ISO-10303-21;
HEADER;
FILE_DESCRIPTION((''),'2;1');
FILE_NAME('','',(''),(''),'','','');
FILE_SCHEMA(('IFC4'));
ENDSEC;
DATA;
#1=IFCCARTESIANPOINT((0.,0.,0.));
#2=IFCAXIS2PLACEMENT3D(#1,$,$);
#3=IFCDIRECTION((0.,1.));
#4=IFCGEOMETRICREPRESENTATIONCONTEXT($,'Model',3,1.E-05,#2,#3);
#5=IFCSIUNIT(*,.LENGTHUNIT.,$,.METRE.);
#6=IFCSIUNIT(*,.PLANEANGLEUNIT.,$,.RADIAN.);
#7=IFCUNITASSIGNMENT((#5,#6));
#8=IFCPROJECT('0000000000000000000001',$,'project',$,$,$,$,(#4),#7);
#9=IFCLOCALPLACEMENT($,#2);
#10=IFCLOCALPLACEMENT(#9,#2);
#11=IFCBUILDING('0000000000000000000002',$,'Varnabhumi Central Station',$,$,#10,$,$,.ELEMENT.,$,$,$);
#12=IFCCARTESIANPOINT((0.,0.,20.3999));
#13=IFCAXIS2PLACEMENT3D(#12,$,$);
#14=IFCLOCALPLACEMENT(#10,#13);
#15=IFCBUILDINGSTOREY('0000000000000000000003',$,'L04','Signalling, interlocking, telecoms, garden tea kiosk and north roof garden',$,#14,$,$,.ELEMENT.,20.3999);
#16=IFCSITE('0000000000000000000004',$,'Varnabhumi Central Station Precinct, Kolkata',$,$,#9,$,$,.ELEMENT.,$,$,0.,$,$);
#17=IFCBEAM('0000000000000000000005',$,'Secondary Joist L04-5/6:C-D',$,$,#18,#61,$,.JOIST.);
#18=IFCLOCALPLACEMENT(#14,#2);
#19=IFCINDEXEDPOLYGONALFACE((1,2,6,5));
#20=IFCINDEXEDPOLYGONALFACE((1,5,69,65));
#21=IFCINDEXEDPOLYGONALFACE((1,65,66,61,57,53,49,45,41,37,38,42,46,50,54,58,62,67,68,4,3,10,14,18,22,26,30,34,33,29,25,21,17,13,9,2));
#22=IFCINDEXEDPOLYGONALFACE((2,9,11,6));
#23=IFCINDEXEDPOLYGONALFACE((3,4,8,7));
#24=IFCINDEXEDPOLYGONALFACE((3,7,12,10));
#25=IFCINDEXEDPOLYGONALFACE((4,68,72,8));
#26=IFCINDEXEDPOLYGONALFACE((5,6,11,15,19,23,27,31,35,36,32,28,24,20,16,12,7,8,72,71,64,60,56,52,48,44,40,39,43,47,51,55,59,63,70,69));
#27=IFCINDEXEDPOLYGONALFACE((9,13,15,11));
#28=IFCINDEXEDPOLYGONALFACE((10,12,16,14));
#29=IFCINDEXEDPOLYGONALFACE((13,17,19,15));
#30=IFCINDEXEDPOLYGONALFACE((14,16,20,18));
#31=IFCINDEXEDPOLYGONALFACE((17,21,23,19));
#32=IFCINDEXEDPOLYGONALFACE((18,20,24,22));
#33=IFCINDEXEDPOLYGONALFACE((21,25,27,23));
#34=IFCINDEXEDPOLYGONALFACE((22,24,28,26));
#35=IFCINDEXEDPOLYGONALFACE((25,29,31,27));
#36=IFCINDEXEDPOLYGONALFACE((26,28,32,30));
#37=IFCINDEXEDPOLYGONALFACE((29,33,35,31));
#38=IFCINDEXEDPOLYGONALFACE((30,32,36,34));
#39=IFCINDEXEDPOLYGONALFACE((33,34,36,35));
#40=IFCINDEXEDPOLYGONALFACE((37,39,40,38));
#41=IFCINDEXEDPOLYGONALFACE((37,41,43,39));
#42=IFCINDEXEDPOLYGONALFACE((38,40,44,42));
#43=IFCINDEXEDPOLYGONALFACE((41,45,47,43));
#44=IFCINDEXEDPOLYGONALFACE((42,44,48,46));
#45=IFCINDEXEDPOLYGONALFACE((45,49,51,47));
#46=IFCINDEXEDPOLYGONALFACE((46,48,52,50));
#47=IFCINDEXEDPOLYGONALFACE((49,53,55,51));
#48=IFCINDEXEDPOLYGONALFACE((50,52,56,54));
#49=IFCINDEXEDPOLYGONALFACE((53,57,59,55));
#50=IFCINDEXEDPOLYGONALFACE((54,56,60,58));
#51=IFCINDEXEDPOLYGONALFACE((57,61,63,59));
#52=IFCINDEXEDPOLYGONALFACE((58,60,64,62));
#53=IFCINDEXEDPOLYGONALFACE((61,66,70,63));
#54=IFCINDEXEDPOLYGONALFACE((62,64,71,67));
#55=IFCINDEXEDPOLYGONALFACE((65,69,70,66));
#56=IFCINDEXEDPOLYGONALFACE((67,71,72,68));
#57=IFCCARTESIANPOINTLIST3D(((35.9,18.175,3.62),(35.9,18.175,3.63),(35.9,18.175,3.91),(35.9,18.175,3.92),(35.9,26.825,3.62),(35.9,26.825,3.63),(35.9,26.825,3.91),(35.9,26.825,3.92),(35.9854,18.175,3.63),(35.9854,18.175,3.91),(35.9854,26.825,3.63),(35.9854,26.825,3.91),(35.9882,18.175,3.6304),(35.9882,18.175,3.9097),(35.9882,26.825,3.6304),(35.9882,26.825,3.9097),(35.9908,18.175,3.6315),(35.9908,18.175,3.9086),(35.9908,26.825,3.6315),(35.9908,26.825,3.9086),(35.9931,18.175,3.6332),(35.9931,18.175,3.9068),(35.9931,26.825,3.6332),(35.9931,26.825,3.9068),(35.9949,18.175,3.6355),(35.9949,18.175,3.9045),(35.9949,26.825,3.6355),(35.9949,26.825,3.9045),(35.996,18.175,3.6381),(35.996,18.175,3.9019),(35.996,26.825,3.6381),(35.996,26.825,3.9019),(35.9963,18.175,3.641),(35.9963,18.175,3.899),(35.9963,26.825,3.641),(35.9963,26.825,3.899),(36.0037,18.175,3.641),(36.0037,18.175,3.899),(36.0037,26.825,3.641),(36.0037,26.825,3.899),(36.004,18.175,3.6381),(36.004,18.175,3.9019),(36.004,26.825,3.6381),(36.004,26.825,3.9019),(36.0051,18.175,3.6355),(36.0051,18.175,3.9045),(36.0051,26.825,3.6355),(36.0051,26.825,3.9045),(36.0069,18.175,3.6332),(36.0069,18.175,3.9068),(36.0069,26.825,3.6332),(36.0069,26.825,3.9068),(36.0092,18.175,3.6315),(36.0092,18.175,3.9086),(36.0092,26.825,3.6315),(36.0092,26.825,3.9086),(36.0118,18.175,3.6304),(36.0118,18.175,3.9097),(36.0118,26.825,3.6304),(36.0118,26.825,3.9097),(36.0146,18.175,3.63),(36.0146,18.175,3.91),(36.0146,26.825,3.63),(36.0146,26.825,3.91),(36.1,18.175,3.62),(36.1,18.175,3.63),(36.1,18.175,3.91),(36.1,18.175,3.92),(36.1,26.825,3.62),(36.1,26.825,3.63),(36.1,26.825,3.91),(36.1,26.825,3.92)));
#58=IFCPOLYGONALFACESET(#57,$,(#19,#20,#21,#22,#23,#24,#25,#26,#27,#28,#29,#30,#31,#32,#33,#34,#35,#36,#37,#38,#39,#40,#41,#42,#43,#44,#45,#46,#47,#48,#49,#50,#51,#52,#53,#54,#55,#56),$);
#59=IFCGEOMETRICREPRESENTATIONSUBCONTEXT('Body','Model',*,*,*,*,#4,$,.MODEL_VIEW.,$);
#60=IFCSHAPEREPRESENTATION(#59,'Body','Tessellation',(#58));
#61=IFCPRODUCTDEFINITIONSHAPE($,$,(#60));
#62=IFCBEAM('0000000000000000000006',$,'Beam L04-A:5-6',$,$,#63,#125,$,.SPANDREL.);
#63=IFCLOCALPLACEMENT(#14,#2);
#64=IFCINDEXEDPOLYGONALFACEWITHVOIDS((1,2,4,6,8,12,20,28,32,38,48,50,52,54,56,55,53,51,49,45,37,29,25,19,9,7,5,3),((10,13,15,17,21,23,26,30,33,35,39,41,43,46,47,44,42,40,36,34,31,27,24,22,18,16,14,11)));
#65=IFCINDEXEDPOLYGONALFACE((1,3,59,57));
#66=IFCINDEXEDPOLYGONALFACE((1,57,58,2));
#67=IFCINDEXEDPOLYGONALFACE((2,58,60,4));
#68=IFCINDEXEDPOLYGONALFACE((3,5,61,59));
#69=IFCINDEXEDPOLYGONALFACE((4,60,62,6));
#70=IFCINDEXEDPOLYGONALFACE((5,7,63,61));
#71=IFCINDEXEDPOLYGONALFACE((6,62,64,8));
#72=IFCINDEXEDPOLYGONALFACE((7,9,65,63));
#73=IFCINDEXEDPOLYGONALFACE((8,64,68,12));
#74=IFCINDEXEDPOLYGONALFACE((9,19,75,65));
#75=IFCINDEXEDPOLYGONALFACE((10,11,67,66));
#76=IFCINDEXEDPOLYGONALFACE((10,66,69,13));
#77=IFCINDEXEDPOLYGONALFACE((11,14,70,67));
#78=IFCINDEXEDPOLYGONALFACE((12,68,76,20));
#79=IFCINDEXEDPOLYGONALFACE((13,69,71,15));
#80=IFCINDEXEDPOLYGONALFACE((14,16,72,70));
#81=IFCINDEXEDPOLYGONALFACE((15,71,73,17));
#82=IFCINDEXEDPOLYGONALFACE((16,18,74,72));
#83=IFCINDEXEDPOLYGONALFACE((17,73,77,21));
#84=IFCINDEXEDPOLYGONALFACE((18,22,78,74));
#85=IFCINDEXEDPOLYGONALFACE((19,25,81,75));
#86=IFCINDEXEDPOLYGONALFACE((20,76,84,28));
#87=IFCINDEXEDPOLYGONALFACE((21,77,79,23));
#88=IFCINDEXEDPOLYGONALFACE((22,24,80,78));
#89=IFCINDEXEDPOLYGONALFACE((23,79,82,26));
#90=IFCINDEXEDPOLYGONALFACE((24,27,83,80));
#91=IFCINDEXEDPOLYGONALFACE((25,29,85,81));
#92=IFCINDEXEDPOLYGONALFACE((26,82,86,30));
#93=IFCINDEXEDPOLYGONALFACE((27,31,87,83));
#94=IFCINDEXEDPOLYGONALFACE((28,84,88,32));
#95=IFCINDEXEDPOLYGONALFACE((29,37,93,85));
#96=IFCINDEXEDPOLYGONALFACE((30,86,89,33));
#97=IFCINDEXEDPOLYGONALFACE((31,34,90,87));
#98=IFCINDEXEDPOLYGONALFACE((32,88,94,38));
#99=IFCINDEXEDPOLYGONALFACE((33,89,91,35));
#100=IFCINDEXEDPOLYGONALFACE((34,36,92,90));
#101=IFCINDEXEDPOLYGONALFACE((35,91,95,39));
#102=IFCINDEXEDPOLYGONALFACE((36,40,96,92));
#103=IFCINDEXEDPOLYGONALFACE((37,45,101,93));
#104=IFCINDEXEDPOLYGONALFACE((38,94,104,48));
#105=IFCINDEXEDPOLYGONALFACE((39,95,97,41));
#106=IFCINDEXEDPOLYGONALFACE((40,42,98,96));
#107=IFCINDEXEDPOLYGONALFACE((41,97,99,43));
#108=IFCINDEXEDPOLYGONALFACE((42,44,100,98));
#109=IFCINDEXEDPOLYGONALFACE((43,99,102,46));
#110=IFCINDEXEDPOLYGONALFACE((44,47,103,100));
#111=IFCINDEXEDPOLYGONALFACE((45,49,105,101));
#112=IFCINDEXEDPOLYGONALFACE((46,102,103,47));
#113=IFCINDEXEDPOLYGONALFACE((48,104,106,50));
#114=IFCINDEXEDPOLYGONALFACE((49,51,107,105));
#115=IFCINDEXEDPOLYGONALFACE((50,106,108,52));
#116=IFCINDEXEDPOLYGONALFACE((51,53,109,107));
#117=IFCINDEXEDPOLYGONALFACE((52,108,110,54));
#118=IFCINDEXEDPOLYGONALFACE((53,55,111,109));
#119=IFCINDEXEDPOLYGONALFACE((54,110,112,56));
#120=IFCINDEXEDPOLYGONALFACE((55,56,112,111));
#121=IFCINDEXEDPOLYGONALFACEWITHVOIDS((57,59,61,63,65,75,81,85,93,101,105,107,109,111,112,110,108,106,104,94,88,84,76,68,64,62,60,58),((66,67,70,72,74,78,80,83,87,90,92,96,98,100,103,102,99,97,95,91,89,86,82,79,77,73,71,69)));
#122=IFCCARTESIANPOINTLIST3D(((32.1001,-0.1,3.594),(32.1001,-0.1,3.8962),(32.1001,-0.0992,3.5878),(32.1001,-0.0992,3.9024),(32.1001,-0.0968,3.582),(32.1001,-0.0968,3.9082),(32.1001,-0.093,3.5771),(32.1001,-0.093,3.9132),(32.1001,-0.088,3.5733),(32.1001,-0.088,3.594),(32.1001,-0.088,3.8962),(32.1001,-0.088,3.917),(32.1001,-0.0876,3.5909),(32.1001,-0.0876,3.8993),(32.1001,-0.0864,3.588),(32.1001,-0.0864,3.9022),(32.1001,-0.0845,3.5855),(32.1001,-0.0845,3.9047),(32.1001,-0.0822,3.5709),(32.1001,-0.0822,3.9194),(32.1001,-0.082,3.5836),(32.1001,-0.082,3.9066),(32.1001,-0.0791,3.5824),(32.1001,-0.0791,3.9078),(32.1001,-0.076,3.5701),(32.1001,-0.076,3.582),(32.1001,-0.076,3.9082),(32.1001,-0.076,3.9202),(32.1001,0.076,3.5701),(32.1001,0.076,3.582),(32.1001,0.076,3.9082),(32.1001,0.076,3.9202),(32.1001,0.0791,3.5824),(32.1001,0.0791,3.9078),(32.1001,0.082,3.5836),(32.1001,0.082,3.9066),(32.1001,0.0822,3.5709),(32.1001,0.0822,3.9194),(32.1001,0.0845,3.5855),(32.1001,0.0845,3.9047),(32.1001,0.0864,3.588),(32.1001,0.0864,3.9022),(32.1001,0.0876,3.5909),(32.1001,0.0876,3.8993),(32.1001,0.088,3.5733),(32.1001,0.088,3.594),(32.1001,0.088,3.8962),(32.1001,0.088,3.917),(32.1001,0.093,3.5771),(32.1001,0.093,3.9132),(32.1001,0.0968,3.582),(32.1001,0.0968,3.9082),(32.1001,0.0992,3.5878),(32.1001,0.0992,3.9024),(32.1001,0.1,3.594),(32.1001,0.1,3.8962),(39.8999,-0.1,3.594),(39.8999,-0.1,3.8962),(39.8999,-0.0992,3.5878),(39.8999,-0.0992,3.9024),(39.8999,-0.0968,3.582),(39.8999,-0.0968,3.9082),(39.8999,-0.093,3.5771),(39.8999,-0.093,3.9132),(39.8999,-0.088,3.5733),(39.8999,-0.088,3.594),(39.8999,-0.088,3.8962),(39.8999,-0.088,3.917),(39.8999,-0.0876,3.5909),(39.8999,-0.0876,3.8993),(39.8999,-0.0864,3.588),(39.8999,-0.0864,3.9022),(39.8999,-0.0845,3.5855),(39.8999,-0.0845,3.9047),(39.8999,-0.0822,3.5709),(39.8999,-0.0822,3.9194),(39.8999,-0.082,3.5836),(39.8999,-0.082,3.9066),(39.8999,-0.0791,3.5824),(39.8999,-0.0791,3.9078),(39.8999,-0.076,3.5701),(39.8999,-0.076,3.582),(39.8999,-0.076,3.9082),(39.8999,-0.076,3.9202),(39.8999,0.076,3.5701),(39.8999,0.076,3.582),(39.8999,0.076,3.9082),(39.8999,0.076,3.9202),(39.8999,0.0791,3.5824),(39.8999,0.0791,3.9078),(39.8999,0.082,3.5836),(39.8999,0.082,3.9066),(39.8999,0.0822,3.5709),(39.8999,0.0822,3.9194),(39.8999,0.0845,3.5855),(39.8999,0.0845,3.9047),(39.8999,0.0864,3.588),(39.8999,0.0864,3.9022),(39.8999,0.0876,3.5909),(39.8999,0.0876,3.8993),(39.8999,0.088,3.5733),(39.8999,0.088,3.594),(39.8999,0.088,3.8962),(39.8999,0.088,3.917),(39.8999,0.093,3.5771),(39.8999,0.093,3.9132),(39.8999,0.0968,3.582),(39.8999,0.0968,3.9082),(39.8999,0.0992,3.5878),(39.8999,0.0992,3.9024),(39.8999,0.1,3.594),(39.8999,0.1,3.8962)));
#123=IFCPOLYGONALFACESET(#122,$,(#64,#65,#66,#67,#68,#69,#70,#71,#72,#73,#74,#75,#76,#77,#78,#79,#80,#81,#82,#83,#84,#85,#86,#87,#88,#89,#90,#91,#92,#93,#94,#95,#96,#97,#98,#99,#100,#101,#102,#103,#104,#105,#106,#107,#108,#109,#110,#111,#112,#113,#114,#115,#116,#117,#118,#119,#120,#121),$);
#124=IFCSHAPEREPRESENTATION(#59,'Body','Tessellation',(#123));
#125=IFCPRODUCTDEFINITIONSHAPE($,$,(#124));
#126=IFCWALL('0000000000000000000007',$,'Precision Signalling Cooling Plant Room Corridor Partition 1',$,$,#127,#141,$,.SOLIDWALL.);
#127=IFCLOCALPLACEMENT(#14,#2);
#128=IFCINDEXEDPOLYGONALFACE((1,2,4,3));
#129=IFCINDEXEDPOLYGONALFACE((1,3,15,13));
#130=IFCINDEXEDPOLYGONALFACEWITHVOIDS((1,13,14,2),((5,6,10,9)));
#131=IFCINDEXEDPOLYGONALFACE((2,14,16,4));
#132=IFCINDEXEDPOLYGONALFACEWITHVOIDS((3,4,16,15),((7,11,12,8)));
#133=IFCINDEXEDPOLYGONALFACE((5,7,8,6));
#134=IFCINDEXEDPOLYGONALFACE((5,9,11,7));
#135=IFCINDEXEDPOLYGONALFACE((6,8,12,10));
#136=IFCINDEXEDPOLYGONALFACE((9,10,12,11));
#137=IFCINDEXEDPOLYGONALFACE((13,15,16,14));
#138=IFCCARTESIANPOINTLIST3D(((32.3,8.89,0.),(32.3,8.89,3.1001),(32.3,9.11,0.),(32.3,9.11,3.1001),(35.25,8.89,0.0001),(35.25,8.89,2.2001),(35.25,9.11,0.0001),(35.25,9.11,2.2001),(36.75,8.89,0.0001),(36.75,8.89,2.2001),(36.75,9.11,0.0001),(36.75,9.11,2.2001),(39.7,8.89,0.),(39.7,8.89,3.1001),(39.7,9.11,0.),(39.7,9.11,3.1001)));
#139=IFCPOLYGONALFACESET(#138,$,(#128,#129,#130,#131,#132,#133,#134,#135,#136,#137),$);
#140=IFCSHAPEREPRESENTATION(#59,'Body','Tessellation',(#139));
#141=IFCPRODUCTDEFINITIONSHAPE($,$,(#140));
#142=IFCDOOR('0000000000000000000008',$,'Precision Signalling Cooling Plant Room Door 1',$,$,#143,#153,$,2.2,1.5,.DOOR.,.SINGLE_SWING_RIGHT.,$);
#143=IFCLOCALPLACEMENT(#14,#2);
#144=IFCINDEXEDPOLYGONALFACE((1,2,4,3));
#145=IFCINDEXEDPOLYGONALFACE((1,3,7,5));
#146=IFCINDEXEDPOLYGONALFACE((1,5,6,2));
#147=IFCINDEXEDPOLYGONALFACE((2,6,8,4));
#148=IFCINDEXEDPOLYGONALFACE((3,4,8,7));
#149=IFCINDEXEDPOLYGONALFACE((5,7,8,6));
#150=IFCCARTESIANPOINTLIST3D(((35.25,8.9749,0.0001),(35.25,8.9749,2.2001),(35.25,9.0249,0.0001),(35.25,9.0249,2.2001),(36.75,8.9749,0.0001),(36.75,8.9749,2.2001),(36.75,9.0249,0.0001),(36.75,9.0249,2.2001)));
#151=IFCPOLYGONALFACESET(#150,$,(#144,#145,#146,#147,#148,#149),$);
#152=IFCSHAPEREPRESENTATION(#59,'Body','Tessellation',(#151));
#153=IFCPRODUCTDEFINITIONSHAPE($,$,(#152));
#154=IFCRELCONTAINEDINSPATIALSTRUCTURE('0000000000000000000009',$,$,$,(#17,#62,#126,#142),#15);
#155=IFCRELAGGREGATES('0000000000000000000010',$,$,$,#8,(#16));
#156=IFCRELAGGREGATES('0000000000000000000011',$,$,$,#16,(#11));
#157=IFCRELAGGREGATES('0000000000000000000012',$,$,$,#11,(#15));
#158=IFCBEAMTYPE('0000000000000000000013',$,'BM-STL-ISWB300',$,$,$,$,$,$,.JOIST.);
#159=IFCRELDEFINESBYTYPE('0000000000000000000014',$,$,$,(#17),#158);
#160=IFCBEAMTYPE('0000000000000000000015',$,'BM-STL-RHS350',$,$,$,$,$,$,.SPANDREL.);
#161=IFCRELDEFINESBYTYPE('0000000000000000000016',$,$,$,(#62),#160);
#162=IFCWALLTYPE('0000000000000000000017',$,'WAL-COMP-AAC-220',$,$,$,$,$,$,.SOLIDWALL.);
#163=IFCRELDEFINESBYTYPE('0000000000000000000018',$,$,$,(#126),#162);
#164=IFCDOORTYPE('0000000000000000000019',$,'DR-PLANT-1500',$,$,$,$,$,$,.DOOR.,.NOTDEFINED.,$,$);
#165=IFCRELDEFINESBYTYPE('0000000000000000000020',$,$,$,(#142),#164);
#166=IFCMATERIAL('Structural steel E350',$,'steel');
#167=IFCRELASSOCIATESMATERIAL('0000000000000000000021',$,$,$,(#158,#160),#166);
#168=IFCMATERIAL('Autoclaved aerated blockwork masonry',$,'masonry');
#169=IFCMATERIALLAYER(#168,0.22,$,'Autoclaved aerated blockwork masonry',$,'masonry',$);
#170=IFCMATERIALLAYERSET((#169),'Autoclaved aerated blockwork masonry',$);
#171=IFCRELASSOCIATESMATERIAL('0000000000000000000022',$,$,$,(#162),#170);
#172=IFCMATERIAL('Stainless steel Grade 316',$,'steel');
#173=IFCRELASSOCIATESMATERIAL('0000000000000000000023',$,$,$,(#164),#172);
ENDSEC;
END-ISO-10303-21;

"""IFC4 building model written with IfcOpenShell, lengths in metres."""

from ifc_helpers import new_model, si_unit, direction, frame, frame_2d, origin, origin_2d, place, context, subcontext, project, spatial, rectangle, hollow_rectangle, i_section, extrude, material, layer, layer_set, material_profile, profile_set, type_object, element, fill, save


model = new_model("IFC4")

# Units and contexts
model_context = context("Model", 3, precision=1e-05, world=origin(), true_north=direction((0.0, 1.0)))
body_context = subcontext(model_context, "Body", "Model", "MODEL_VIEW")
ifc_project = project(units=[si_unit("LENGTHUNIT", "METRE"), si_unit("PLANEANGLEUNIT", "RADIAN")], contexts=[model_context])

# Site, building, storey
site_placement = place(None, origin())
site = spatial("IfcSite", under=ifc_project, at=site_placement, Name="Varnabhumi Central Station Precinct, Kolkata", CompositionType="ELEMENT", RefElevation=0.0)
building_placement = place(site_placement, origin())
building = spatial("IfcBuilding", under=site, at=building_placement, Name="Varnabhumi Central Station", CompositionType="ELEMENT")
storey_placement = place(building_placement, frame((0.0, 0.0, 20.3999)))
storey = spatial("IfcBuildingStorey", under=building, at=storey_placement, Name="L04", Description="Signalling, interlocking, telecoms, garden tea kiosk and north roof garden", CompositionType="ELEMENT", Elevation=20.3999)

# Beams
ifc_material_1 = material(Name="Structural steel E350", Category="steel")
ifc_material_profile_1 = material_profile(ifc_material_1, i_section(OverallWidth=0.2, OverallDepth=0.3, WebThickness=0.0073, FlangeThickness=0.01, FilletRadius=0.011, at=origin_2d()), Name="Structural steel E350", Category="steel")
ifc_profile_set_1 = profile_set([ifc_material_profile_1], Name="Structural steel E350")
beam_type_1 = type_object("IfcBeamType", Name="BM-STL-ISWB300", PredefinedType="JOIST", material=ifc_profile_set_1)
for number, where, z_axis, x_axis, name in (
    (1, (36.0, 18.175, 3.77), (0.0, 1.0, 0.0), (-1.0, 0.0, 0.0), "Secondary Joist L04-5/6:C-D"),
):
    element("IfcBeam", number, at=place(storey_placement, frame(where, z_axis=z_axis, x_axis=x_axis)), inside=storey, type_object=beam_type_1, Name=name, PredefinedType="JOIST", context=body_context, shape_type="SweptSolid", body=[
        extrude(i_section(OverallWidth=0.2, OverallDepth=0.3, WebThickness=0.0073, FlangeThickness=0.01, FilletRadius=0.011, at=origin_2d()), origin(), (0.0, 0.0, 1.0), 8.6499),
    ])
ifc_material_profile_2 = material_profile(ifc_material_1, hollow_rectangle(XDim=0.2, YDim=0.3501, WallThickness=0.012, InnerFilletRadius=0.012, OuterFilletRadius=0.0239, at=origin_2d()), Name="Structural steel E350", Category="steel")
ifc_profile_set_2 = profile_set([ifc_material_profile_2], Name="Structural steel E350")
beam_type_2 = type_object("IfcBeamType", Name="BM-STL-RHS350", PredefinedType="SPANDREL", material=ifc_profile_set_2)
beam_1_placement = place(storey_placement, frame((32.1001, 0.0, 3.7451), z_axis=(1.0, 0.0, 0.0), x_axis=(0.0, 1.0, 0.0)))
element("IfcBeam", 2, at=beam_1_placement, inside=storey, type_object=beam_type_2, Name="Beam L04-A:5-6", PredefinedType="SPANDREL", context=body_context, shape_type="SweptSolid", body=[
    extrude(hollow_rectangle(XDim=0.2, YDim=0.3501, WallThickness=0.012, InnerFilletRadius=0.012, OuterFilletRadius=0.0239, at=origin_2d()), origin(), (0.0, 0.0, 1.0), 7.7998),
])

# Wall, opening, door
ifc_material_2 = material(Name="Autoclaved aerated blockwork masonry", Category="masonry")
ifc_layer_1 = layer(ifc_material_2, 0.22, Name="Autoclaved aerated blockwork masonry", Category="masonry")
ifc_layer_set_1 = layer_set([ifc_layer_1], Name="Autoclaved aerated blockwork masonry")
wall_type_1 = type_object("IfcWallType", Name="WAL-COMP-AAC-220", PredefinedType="SOLIDWALL", material=ifc_layer_set_1)
wall_1_placement = place(storey_placement, frame((32.3, 9.0, 0.0), z_axis=(0.0, 0.0, 1.0), x_axis=(1.0, 0.0, 0.0)))
wall_1 = element("IfcWall", 3, at=wall_1_placement, inside=storey, type_object=wall_type_1, Name="Precision Signalling Cooling Plant Room Corridor Partition 1", PredefinedType="SOLIDWALL", context=body_context, shape_type="SweptSolid", body=[
    extrude(rectangle(XDim=7.3999, YDim=0.22, at=frame_2d((3.7, 0.0))), origin(), (0.0, 0.0, 1.0), 3.1001),
])
opening_1_placement = place(wall_1_placement, frame((2.95, 0.0, 0.0)))
opening_1 = element("IfcOpeningElement", 4, at=opening_1_placement, cuts=wall_1, PredefinedType="OPENING", context=body_context, shape_type="SweptSolid", body=[
    extrude(rectangle(XDim=1.5, YDim=2.2, at=frame_2d((0.75, 1.1001))), frame((0.0, 0.1199, 0.0), z_axis=(0.0, -1.0, 0.0), x_axis=(1.0, 0.0, 0.0)), (0.0, 0.0, 1.0), 0.24),
])
ifc_material_3 = material(Name="Stainless steel Grade 316", Category="steel")
door_type_1 = type_object("IfcDoorType", Name="DR-PLANT-1500", OperationType="NOTDEFINED", PredefinedType="DOOR", material=ifc_material_3)
door_1_placement = place(opening_1_placement, origin())
door_1 = element("IfcDoor", 5, at=door_1_placement, inside=storey, type_object=door_type_1, Name="Precision Signalling Cooling Plant Room Door 1", OperationType="SINGLE_SWING_RIGHT", OverallHeight=2.2, OverallWidth=1.5, PredefinedType="DOOR", context=body_context, shape_type="SweptSolid", body=[
    extrude(rectangle(XDim=1.5, YDim=2.2, at=frame_2d((0.75, 1.1001))), frame((0.0, 0.0249, 0.0), z_axis=(0.0, -1.0, 0.0), x_axis=(1.0, 0.0, 0.0)), (0.0, 0.0, 1.0), 0.05),
])
fill(opening_1, door_1)

save(model, "model.ifc")
